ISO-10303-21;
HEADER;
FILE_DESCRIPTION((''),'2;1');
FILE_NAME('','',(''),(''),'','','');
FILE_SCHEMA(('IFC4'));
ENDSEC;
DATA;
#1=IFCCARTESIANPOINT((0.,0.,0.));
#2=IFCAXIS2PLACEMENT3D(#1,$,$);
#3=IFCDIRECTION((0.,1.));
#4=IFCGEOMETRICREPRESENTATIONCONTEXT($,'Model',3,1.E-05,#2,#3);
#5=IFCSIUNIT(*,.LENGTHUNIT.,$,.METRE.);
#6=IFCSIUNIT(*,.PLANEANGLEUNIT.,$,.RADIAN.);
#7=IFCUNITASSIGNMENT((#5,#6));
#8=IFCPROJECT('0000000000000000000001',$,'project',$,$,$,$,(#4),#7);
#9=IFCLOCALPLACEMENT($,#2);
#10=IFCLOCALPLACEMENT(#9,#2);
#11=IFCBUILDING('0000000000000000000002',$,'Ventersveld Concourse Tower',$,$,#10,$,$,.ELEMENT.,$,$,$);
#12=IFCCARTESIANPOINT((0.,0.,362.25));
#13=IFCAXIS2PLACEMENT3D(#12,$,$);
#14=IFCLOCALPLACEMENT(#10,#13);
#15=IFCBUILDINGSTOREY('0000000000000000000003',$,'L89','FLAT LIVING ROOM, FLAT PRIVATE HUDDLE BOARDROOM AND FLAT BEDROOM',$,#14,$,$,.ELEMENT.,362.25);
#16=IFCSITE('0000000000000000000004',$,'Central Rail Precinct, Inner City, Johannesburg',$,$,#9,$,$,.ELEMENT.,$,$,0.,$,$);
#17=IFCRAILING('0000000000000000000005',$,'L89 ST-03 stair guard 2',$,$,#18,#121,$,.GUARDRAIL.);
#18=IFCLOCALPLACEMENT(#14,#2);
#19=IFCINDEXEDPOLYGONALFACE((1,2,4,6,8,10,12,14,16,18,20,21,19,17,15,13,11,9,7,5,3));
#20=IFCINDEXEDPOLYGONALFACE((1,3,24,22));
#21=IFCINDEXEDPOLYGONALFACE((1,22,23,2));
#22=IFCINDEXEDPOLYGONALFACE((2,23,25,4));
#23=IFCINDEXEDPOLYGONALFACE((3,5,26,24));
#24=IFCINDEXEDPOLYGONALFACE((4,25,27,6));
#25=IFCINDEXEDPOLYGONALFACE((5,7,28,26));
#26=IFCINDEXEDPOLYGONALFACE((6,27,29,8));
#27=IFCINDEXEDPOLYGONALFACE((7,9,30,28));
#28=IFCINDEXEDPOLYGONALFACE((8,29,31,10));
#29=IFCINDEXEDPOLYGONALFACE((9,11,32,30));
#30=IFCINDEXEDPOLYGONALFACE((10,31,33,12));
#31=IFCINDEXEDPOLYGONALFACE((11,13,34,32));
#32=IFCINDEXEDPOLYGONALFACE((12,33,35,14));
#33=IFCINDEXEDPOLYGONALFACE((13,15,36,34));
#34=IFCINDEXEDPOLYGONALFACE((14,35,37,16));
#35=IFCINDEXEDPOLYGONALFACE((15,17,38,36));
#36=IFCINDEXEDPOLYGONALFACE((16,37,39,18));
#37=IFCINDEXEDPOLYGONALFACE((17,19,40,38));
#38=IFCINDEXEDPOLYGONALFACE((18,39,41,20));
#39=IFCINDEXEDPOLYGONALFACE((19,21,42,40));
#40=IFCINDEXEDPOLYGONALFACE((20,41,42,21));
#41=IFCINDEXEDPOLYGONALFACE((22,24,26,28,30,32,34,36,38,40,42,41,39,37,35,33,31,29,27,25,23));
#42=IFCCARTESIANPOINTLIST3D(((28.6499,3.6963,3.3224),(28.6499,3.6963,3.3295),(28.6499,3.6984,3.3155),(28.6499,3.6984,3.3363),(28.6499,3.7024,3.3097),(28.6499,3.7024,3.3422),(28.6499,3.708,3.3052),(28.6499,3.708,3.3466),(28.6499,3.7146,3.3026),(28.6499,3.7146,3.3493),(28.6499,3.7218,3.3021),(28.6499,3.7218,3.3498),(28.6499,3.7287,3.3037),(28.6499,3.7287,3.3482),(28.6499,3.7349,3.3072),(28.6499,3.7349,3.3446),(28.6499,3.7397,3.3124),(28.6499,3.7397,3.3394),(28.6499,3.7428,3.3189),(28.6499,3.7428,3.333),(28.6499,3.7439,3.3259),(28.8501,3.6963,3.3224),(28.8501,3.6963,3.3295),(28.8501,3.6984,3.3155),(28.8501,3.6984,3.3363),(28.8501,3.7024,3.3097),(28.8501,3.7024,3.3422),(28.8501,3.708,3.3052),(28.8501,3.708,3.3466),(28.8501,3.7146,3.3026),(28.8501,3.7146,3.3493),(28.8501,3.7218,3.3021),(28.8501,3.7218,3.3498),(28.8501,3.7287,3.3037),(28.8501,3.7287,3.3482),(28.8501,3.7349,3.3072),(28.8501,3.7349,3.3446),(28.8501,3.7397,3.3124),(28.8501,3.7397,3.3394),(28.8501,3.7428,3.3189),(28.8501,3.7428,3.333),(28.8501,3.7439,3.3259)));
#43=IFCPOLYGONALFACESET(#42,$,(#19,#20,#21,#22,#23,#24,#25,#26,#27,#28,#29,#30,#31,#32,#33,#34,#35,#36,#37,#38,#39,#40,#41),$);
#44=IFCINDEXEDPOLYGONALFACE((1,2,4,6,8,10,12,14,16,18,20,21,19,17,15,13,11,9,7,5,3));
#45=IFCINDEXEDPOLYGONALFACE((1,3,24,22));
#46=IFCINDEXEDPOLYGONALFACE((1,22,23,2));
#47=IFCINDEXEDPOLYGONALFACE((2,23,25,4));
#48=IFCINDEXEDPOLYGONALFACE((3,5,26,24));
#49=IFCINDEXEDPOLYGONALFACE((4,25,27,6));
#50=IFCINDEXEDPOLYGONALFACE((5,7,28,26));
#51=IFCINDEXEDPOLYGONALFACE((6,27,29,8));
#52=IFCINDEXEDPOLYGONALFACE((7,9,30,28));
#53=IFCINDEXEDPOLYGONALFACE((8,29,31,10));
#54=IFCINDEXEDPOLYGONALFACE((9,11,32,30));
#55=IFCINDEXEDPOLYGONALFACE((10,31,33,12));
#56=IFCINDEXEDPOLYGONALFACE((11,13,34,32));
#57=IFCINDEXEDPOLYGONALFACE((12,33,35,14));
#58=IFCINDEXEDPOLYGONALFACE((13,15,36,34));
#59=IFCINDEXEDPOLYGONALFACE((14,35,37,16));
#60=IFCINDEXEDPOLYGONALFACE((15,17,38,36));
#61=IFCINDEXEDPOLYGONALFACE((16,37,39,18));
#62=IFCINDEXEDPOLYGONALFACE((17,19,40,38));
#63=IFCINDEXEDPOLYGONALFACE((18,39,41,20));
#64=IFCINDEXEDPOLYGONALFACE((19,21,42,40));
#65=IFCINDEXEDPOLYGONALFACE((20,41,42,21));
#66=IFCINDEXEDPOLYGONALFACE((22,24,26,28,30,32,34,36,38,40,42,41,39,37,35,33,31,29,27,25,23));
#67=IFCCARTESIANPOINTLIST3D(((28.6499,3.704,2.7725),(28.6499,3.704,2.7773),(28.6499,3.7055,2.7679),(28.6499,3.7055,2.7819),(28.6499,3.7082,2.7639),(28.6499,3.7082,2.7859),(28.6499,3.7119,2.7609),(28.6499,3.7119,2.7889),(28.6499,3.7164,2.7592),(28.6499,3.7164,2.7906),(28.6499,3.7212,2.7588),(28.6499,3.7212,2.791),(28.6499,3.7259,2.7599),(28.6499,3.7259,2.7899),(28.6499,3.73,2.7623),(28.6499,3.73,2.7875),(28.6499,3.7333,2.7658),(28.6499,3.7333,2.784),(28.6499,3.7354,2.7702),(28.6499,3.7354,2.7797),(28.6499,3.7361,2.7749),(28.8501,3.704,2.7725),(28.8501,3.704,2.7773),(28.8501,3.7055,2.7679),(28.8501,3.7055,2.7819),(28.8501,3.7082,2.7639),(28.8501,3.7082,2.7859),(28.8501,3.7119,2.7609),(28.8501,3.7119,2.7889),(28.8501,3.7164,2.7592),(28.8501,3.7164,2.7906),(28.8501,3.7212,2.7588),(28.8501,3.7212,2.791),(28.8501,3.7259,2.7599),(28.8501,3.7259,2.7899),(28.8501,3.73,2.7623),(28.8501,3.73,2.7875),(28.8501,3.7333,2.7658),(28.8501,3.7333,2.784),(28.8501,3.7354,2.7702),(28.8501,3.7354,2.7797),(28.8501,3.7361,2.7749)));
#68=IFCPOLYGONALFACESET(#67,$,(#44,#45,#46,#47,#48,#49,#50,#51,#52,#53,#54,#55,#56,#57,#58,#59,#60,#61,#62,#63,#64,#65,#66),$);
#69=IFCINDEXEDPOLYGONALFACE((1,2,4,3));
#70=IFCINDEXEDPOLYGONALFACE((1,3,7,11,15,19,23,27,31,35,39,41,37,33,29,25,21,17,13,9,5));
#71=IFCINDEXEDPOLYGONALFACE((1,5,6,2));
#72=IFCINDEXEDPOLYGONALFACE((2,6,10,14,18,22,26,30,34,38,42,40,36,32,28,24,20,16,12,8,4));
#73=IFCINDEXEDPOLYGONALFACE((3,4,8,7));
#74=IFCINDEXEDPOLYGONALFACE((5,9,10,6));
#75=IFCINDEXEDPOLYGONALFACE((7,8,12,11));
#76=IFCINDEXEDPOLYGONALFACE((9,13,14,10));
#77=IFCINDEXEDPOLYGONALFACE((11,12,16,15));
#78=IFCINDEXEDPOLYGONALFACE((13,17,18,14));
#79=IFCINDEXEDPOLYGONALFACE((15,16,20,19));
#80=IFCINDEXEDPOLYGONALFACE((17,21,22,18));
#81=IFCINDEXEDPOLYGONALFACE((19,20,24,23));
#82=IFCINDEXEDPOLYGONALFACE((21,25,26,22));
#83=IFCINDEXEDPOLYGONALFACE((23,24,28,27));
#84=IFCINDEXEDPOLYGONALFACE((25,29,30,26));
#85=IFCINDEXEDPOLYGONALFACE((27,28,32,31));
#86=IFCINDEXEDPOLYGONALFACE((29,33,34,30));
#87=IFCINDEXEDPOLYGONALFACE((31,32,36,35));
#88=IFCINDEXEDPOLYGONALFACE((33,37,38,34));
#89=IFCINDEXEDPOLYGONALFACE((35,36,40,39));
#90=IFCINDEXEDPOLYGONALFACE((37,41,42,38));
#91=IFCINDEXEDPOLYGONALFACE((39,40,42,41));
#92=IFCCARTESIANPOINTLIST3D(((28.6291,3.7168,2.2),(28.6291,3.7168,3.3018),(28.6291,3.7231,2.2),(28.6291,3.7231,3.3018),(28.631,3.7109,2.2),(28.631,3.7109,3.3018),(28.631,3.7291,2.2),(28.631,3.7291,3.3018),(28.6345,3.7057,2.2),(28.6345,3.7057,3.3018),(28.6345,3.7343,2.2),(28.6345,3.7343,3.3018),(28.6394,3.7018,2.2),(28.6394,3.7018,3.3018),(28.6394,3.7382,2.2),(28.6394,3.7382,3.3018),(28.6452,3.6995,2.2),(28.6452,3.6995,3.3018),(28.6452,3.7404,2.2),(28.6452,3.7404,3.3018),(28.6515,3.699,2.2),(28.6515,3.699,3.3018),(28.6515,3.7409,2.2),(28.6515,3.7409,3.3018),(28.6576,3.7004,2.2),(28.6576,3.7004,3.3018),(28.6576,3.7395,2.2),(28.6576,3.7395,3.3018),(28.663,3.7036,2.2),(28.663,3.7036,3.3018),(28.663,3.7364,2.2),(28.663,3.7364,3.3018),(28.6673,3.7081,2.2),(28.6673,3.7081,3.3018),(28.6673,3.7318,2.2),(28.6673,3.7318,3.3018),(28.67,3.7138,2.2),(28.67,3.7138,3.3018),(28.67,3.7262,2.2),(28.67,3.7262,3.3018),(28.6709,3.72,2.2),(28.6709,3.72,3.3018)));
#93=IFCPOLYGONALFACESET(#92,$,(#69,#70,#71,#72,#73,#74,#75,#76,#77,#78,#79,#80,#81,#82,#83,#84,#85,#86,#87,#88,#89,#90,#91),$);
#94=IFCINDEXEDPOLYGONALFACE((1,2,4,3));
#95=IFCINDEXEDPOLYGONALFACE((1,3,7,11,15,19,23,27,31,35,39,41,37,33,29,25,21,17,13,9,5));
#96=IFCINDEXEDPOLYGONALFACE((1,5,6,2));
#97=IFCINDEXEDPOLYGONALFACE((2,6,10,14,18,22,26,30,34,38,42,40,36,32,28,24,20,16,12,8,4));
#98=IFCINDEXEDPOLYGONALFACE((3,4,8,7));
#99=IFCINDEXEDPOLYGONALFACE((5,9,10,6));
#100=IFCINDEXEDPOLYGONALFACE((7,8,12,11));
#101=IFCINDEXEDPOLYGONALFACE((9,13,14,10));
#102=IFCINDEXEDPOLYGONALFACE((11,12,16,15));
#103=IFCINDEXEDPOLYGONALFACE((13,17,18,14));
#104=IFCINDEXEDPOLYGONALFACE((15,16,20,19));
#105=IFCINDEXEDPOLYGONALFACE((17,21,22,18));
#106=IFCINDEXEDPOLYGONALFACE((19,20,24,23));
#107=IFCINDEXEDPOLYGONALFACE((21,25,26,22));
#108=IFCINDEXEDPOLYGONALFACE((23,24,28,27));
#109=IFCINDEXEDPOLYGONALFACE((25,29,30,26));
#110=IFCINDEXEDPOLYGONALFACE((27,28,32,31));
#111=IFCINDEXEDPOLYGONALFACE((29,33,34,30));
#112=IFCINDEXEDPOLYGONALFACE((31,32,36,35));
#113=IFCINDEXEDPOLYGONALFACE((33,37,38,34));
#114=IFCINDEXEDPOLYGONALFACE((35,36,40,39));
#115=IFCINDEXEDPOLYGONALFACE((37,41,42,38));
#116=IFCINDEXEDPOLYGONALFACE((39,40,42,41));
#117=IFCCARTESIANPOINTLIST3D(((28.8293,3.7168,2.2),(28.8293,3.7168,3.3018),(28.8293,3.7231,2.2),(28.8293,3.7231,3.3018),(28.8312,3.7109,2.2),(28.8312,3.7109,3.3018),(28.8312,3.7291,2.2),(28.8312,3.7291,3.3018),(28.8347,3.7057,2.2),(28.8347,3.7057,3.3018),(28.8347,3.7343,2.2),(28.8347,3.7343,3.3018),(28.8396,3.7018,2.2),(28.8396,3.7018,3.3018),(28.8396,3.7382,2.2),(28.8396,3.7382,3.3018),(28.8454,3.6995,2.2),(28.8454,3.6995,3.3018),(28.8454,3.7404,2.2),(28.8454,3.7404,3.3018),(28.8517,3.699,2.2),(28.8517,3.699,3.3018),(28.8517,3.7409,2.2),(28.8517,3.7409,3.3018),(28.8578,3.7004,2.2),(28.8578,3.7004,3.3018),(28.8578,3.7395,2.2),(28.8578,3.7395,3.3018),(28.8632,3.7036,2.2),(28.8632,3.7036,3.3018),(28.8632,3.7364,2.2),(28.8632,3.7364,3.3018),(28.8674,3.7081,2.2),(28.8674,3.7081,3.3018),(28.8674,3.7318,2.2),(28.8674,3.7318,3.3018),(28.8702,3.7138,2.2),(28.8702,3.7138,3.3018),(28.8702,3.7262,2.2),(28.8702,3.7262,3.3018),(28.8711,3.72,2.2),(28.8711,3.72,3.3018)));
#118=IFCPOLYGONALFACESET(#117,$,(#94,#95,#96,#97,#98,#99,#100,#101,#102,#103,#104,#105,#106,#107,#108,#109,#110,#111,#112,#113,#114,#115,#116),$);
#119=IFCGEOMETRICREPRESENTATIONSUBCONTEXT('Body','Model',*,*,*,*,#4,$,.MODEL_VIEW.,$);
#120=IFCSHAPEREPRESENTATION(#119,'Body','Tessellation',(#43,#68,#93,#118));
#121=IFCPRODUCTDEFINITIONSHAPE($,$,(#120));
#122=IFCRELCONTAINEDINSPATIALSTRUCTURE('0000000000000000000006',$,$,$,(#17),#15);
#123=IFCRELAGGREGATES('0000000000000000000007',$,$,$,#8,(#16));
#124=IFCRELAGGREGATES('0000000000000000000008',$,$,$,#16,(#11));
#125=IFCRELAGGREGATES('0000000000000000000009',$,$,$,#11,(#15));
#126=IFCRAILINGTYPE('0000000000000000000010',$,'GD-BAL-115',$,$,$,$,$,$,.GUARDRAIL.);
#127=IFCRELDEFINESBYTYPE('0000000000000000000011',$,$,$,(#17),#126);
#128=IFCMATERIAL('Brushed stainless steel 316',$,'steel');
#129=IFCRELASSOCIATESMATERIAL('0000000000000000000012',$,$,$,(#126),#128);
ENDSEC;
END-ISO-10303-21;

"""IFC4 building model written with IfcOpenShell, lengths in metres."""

from ifc_helpers import new_model, si_unit, direction, frame, origin, origin_2d, place, context, subcontext, project, spatial, circle, extrude, material, type_object, element, save


model = new_model("IFC4")

# Units and contexts
model_context = context("Model", 3, precision=1e-05, world=origin(), true_north=direction((0.0, 1.0)))
body_context = subcontext(model_context, "Body", "Model", "MODEL_VIEW")
ifc_project = project(units=[si_unit("LENGTHUNIT", "METRE"), si_unit("PLANEANGLEUNIT", "RADIAN")], contexts=[model_context])

# Site, building, storey
site_placement = place(None, origin())
site = spatial("IfcSite", under=ifc_project, at=site_placement, Name="Central Rail Precinct, Inner City, Johannesburg", CompositionType="ELEMENT", RefElevation=0.0)
building_placement = place(site_placement, origin())
building = spatial("IfcBuilding", under=site, at=building_placement, Name="Ventersveld Concourse Tower", CompositionType="ELEMENT")
storey_placement = place(building_placement, frame((0.0, 0.0, 362.25)))
storey = spatial("IfcBuildingStorey", under=building, at=storey_placement, Name="L89", Description="FLAT LIVING ROOM, FLAT PRIVATE HUDDLE BOARDROOM AND FLAT BEDROOM", CompositionType="ELEMENT", Elevation=362.25)

# Shared definitions
ifc_material_1 = material(Name="Brushed stainless steel 316", Category="steel")

# Railing
railing_type_1 = type_object("IfcRailingType", Name="GD-BAL-115", PredefinedType="GUARDRAIL", material=ifc_material_1)
railing_1_placement = place(storey_placement, frame((28.6499, 3.72, 2.2)))
element("IfcRailing", 1, at=railing_1_placement, inside=storey, type_object=railing_type_1, Name="L89 ST-03 stair guard 2", PredefinedType="GUARDRAIL", context=body_context, shape_type="SweptSolid", body=[
    extrude(circle(Radius=0.0239, at=origin_2d()), frame((0.0, 0.0, 1.126), z_axis=(1.0, 0.0, 0.0), x_axis=(0.0, 1.0, 0.0)), (0.0, 0.0, 1.0), 0.2002),
    extrude(circle(Radius=0.0161, at=origin_2d()), frame((0.0, 0.0, 0.575), z_axis=(1.0, 0.0, 0.0), x_axis=(0.0, 1.0, 0.0)), (0.0, 0.0, 1.0), 0.2002),
    extrude(circle(Radius=0.021, at=origin_2d()), origin(), (0.0, 0.0, 1.0), 1.1018),
    extrude(circle(Radius=0.021, at=origin_2d()), frame((0.2002, 0.0, 0.0)), (0.0, 0.0, 1.0), 1.1018),
])

save(model, "model.ifc")
